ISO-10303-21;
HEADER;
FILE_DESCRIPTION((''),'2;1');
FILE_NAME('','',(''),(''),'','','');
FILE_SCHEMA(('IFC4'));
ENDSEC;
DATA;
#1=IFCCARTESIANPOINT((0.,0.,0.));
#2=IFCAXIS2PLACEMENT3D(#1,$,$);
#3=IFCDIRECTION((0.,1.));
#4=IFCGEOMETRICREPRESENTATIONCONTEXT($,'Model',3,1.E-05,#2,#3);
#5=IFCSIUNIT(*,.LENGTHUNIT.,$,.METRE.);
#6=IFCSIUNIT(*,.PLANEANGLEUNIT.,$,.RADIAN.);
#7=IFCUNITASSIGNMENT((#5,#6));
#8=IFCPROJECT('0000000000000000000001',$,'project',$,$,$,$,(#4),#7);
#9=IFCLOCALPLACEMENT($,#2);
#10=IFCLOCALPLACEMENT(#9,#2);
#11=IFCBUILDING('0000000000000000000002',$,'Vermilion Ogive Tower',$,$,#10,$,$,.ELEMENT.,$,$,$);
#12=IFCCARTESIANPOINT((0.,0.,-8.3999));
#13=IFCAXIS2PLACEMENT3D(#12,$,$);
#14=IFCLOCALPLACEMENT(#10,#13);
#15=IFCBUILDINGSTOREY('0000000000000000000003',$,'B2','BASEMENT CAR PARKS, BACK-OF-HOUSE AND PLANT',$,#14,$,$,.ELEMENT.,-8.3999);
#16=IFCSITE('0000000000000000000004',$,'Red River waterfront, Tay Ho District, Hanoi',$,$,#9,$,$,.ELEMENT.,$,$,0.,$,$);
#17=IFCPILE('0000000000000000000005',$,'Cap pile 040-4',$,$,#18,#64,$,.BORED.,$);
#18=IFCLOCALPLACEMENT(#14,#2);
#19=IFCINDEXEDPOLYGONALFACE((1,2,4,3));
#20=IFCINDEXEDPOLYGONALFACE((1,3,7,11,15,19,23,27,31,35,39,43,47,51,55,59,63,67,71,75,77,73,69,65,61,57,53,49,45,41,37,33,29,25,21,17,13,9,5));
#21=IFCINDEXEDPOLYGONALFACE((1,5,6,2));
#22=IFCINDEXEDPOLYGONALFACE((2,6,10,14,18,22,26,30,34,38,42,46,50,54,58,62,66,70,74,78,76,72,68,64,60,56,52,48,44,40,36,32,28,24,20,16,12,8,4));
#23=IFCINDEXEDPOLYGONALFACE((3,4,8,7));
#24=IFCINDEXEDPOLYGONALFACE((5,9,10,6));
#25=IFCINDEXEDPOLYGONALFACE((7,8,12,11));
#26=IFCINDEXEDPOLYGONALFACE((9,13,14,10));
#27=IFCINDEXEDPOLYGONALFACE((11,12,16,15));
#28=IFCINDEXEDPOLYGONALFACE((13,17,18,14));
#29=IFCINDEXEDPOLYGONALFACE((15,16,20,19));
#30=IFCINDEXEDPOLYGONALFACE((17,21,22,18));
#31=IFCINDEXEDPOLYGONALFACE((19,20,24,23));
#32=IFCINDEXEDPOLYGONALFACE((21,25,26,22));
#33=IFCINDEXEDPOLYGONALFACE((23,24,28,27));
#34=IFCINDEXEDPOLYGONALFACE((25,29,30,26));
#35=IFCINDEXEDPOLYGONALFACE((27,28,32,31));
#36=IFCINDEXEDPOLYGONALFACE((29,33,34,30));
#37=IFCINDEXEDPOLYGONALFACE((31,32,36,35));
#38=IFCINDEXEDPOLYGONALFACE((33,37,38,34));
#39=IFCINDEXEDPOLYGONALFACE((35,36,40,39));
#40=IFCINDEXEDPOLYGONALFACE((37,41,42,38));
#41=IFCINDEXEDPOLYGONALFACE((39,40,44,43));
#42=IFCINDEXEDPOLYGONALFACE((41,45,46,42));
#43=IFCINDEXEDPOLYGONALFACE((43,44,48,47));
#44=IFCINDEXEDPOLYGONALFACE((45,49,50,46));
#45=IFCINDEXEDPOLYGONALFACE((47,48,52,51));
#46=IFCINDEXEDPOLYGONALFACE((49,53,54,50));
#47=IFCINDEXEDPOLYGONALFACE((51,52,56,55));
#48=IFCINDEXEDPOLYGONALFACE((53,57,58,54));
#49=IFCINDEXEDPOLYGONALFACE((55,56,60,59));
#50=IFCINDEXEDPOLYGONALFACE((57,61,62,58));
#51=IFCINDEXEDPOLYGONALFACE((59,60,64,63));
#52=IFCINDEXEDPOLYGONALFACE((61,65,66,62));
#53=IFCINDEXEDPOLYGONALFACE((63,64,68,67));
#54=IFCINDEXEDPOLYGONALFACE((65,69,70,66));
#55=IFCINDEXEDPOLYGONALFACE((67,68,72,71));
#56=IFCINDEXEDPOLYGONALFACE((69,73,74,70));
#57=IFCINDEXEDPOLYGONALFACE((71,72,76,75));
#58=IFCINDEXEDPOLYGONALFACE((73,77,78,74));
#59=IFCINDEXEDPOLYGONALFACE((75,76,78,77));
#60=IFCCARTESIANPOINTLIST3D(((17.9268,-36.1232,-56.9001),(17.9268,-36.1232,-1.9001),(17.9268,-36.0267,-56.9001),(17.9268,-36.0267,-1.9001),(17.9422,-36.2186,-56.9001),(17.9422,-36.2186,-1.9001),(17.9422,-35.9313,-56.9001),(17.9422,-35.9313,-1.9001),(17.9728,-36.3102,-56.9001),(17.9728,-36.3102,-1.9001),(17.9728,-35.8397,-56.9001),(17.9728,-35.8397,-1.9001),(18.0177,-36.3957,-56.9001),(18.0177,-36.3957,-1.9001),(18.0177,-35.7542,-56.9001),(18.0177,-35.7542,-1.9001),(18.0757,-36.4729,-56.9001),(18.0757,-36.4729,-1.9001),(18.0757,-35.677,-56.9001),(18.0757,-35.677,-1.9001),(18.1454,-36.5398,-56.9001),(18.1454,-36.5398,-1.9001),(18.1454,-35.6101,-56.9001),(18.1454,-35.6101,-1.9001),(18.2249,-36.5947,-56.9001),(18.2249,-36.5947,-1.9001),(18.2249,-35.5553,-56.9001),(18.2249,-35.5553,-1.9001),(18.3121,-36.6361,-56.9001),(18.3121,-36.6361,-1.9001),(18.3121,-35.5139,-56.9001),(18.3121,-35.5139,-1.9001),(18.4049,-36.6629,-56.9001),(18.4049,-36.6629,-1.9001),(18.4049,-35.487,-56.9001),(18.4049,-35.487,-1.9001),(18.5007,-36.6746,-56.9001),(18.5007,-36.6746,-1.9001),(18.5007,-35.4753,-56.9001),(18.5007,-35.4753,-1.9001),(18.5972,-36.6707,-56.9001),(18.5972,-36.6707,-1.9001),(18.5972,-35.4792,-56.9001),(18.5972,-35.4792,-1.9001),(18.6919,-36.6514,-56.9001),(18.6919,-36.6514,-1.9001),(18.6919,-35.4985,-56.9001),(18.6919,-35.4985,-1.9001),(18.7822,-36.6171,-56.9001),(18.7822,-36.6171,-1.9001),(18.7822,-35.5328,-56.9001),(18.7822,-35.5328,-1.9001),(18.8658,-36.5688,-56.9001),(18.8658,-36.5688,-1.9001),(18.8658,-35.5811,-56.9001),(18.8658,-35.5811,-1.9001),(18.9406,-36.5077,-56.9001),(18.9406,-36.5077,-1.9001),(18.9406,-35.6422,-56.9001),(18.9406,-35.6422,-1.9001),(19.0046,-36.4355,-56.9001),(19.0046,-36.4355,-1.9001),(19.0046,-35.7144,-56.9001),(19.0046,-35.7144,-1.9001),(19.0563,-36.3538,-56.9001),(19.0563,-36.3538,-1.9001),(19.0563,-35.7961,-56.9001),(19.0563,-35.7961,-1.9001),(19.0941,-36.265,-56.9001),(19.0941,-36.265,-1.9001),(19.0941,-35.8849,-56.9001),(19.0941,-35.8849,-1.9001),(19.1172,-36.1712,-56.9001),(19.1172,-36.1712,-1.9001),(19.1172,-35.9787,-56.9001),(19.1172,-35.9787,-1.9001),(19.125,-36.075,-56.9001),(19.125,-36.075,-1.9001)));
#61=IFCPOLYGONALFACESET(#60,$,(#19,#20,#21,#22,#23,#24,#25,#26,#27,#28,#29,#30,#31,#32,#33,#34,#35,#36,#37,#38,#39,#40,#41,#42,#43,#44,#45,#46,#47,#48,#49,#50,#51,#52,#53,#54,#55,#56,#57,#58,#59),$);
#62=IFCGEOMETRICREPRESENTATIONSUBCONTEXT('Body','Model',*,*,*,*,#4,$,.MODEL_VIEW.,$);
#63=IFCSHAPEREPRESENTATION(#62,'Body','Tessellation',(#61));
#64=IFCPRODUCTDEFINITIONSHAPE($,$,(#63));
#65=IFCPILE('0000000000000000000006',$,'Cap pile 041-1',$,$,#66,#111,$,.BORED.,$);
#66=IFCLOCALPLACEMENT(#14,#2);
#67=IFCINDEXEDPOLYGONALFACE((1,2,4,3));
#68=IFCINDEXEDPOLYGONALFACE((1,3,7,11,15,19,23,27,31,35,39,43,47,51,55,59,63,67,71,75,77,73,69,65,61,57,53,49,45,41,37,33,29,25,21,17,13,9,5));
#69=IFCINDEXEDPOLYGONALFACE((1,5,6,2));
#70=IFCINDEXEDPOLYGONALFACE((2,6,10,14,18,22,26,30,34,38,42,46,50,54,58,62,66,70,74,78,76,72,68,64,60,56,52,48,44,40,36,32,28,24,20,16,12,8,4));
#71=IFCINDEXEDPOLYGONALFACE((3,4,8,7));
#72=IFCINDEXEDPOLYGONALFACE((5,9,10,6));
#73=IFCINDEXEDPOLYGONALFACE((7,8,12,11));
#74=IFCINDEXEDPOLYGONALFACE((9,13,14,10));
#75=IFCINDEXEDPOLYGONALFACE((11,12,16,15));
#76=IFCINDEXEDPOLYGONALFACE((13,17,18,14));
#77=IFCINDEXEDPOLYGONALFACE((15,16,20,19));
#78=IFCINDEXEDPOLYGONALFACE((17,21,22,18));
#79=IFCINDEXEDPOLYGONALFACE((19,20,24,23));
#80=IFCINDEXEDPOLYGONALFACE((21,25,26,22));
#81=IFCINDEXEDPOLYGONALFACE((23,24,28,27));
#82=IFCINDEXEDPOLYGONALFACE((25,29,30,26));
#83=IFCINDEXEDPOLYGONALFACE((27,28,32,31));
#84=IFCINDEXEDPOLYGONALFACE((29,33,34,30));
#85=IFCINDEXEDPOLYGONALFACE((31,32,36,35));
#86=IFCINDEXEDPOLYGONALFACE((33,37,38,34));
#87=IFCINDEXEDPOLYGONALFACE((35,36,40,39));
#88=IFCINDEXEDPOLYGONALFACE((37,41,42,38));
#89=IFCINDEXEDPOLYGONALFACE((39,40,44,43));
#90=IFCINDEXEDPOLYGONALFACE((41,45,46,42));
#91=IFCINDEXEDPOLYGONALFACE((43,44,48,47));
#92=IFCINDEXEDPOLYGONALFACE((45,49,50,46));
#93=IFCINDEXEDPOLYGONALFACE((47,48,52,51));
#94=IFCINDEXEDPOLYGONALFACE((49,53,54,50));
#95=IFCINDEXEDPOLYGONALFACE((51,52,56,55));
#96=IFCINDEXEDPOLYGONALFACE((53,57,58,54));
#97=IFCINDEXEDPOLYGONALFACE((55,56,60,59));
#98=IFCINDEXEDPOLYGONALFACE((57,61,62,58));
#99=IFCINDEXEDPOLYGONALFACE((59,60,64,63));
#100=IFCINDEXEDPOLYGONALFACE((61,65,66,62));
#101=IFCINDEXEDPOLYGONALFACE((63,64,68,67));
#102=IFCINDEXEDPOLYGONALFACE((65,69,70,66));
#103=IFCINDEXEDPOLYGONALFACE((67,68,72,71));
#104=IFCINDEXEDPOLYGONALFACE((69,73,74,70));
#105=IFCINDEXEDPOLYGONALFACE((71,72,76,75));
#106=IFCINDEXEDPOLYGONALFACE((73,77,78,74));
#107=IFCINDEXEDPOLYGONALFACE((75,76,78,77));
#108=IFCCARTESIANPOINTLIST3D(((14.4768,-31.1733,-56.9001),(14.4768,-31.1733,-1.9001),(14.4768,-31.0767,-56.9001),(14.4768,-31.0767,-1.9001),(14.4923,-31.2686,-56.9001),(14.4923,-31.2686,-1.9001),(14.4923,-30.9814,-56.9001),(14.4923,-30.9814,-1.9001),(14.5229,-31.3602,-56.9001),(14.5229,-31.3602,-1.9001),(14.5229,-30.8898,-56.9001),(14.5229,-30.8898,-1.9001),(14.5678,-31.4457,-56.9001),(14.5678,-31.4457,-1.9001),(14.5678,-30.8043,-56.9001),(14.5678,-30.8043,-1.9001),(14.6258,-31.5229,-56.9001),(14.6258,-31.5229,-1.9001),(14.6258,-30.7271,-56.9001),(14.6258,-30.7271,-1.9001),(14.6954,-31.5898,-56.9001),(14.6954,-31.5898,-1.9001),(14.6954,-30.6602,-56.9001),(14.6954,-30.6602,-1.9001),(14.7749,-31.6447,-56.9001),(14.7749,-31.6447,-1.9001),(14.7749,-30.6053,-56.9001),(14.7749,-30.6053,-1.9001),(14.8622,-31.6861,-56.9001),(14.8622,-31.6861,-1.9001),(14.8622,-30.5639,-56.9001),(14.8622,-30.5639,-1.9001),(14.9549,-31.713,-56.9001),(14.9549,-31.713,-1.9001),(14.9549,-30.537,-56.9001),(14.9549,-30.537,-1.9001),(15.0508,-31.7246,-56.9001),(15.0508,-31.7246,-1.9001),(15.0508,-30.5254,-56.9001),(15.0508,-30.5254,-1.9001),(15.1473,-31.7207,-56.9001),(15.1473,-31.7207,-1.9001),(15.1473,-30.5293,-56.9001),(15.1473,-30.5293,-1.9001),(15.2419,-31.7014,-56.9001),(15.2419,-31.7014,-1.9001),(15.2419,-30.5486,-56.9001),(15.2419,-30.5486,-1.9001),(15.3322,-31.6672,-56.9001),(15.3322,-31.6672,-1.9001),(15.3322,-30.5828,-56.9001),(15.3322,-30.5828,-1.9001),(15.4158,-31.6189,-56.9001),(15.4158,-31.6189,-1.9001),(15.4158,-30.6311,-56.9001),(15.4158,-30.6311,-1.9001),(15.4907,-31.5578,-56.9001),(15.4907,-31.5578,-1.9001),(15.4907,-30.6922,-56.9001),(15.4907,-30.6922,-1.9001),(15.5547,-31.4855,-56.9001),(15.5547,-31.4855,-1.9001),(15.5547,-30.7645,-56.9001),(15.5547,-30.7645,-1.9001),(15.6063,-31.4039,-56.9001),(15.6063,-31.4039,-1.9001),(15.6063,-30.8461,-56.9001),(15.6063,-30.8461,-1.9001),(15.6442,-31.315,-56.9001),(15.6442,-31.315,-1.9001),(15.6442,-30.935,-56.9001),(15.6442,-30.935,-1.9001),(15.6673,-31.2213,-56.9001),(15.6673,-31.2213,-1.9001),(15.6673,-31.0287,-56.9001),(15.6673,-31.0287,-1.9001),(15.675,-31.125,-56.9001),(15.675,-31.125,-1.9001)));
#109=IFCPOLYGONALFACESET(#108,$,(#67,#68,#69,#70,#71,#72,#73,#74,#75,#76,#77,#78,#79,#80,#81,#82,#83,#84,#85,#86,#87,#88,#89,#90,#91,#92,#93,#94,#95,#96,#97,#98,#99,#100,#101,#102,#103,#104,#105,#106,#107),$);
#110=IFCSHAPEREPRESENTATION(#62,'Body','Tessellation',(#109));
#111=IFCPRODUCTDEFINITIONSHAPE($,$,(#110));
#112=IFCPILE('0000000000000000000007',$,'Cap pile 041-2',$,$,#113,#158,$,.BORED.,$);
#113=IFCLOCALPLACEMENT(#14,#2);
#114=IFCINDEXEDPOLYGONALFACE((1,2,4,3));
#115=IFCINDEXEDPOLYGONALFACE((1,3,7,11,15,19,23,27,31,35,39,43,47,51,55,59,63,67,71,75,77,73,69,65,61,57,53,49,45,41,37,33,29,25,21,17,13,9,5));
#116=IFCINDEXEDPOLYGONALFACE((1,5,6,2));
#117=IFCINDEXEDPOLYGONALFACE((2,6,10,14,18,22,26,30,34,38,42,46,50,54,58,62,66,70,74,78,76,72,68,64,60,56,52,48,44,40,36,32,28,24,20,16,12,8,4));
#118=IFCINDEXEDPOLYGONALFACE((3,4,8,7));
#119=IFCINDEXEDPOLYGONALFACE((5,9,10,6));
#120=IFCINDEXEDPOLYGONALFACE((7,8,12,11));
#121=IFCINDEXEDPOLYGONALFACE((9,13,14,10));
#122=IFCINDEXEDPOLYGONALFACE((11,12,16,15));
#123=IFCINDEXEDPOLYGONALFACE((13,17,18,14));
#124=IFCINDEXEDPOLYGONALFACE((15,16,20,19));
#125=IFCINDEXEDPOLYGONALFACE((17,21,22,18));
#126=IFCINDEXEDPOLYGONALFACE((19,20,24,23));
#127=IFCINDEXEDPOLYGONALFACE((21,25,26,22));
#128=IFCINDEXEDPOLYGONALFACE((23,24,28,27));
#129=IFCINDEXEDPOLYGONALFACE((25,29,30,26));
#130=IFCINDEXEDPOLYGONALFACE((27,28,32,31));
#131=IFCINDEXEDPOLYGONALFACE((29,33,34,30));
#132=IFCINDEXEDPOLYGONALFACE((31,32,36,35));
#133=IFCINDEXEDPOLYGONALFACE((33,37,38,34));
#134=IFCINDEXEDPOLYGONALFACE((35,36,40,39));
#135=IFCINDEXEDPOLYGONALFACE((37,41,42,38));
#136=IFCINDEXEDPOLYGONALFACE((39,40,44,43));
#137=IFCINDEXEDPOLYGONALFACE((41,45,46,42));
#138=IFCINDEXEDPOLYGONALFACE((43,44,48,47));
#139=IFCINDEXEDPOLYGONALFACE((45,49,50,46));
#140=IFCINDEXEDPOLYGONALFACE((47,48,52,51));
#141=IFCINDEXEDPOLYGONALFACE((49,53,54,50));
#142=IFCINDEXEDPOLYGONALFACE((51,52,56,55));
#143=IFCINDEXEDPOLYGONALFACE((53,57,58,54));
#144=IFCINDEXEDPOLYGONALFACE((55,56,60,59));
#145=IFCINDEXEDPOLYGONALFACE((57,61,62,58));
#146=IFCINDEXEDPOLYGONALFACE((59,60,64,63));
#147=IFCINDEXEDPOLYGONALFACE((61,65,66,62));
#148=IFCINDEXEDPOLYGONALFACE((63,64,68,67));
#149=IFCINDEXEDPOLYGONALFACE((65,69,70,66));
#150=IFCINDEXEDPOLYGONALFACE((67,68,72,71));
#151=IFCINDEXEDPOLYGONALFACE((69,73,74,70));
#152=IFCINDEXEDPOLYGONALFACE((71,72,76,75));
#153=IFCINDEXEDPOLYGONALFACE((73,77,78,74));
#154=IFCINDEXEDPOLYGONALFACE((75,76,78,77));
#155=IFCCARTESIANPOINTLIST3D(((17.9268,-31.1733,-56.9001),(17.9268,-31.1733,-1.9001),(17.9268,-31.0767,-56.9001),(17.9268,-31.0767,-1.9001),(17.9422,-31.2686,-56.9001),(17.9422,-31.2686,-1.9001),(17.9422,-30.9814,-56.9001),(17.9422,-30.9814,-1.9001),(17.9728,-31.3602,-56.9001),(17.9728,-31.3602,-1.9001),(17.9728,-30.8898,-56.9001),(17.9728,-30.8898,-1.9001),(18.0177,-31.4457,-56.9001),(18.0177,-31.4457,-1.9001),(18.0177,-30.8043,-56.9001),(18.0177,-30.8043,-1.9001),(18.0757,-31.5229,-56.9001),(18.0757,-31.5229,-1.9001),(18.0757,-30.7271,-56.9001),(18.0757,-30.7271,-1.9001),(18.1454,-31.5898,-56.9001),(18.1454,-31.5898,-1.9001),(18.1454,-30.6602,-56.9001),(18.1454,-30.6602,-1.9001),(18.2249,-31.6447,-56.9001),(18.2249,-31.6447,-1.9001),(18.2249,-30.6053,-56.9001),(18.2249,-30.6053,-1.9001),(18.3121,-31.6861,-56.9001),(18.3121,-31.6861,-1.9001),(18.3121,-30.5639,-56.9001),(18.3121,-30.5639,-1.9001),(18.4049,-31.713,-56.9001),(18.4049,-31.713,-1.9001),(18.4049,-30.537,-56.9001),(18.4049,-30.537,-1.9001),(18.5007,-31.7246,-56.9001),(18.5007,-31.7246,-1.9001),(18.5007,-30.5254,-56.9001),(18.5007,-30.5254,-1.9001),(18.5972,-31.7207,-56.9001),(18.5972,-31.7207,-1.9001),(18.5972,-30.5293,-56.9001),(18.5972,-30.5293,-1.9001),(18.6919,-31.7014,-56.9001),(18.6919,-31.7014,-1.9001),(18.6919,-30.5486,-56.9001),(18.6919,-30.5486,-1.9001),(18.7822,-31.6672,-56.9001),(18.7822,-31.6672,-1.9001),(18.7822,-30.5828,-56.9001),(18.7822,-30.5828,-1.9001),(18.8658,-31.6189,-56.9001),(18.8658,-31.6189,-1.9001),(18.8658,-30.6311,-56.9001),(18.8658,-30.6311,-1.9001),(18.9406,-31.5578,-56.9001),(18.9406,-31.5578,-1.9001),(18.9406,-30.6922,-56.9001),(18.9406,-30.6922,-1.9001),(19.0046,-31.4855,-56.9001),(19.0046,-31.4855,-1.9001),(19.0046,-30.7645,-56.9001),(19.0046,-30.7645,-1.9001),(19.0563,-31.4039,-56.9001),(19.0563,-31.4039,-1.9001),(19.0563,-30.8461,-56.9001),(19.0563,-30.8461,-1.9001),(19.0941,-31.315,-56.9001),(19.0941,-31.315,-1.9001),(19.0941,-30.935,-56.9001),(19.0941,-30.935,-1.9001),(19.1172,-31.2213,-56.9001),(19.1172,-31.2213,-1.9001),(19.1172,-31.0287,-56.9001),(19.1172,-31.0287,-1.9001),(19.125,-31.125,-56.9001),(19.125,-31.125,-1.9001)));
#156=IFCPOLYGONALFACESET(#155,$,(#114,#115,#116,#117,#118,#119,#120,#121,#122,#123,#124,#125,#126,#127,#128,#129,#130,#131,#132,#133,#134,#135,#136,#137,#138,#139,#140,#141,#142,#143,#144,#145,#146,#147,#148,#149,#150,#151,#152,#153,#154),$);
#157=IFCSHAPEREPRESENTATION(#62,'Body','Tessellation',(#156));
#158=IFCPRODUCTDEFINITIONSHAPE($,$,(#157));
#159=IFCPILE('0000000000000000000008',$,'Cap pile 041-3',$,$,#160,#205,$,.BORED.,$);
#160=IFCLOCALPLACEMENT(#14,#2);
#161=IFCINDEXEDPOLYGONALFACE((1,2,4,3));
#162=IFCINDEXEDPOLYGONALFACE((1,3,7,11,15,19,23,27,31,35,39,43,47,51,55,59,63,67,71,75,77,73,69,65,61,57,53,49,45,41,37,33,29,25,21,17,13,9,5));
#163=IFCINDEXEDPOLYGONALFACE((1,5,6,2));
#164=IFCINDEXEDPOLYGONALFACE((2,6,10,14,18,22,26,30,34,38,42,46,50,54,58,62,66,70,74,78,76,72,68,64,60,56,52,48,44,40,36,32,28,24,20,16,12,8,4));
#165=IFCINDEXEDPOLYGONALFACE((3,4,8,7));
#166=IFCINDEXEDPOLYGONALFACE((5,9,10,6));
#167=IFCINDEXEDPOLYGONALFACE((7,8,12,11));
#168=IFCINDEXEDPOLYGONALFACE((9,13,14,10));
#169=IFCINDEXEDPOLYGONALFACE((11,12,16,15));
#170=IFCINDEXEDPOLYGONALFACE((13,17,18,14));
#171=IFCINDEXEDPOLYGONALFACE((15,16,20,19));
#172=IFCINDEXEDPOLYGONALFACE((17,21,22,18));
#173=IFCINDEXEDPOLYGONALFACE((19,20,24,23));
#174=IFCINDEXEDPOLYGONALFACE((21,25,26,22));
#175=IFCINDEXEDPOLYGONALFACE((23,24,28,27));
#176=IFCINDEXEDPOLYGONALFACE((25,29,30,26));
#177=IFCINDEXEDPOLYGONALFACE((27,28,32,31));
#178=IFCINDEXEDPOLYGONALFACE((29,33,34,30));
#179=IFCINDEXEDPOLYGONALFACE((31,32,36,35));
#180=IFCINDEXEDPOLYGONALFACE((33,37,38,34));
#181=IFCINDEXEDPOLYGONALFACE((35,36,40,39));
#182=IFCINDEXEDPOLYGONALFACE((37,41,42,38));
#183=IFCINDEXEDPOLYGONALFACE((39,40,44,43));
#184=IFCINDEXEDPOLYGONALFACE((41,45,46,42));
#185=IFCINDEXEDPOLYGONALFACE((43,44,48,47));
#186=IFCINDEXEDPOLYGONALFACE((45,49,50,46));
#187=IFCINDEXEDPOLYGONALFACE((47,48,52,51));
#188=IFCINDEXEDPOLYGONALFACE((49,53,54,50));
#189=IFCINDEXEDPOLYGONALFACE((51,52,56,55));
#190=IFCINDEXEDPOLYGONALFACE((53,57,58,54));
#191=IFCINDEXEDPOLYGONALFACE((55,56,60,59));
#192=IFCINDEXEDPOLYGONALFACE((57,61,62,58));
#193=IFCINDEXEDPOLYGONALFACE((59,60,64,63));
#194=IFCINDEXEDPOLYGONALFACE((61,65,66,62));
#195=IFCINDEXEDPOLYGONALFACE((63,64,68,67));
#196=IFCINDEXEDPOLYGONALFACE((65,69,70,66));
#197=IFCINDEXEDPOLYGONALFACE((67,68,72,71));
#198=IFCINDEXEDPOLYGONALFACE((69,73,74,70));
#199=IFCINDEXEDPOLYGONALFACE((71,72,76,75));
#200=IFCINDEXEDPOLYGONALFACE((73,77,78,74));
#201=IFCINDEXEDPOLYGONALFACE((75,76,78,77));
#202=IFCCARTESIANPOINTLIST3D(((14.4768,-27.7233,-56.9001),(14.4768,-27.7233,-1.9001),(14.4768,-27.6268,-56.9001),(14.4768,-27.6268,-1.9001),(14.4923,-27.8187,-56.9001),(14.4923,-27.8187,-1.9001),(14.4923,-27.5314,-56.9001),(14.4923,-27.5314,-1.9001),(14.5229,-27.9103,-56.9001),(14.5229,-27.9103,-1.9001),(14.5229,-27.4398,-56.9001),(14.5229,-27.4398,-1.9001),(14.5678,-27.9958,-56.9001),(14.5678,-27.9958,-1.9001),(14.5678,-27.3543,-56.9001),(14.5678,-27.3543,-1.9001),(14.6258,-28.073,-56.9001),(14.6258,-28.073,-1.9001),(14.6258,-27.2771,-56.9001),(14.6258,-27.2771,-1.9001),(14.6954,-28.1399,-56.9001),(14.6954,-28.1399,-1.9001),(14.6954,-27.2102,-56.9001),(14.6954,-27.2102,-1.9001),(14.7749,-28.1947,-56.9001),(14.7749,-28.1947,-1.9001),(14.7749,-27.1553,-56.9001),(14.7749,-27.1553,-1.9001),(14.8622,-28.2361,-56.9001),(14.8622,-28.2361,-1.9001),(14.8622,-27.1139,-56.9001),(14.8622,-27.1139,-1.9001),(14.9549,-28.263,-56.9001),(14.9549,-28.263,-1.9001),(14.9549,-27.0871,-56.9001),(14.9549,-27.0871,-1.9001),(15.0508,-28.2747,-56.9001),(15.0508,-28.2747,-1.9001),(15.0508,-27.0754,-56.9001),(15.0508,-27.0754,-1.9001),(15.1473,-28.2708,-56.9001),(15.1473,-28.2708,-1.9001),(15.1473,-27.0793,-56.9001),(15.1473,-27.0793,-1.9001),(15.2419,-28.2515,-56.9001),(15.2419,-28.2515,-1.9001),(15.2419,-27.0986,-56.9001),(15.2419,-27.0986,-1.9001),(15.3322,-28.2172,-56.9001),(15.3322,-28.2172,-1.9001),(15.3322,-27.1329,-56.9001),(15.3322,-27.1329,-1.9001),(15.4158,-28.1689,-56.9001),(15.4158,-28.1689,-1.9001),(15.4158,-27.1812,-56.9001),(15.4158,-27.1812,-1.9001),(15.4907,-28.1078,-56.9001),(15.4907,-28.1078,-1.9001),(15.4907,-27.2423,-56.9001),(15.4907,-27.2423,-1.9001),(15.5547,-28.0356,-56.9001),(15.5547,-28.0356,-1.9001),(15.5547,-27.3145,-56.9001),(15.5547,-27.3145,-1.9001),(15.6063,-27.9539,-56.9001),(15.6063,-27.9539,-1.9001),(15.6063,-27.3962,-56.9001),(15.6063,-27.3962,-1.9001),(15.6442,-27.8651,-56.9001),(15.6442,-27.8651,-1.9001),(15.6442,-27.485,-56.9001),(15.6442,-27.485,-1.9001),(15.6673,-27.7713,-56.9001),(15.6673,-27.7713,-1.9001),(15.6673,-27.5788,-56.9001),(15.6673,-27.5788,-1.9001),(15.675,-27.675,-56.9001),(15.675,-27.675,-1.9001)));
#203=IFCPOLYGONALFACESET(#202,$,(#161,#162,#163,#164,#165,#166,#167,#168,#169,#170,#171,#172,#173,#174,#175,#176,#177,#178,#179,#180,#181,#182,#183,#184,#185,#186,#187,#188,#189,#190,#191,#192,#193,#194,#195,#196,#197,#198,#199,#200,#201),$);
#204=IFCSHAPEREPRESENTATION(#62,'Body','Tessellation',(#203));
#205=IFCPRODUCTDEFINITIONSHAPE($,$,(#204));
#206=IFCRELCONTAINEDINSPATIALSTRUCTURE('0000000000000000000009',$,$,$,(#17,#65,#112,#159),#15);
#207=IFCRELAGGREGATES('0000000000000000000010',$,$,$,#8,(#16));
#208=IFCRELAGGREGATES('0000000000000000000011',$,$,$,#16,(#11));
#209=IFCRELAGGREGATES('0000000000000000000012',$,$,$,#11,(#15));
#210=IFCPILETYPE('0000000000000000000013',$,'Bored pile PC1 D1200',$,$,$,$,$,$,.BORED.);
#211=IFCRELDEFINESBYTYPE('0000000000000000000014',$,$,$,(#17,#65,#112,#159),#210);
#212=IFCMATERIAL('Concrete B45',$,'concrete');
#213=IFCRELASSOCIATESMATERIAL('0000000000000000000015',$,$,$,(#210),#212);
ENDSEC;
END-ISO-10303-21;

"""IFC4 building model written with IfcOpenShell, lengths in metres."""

from ifc_helpers import new_model, si_unit, direction, frame, origin, origin_2d, place, context, subcontext, project, spatial, circle, extrude, material, type_object, element, save


model = new_model("IFC4")

# Units and contexts
model_context = context("Model", 3, precision=1e-05, world=origin(), true_north=direction((0.0, 1.0)))
body_context = subcontext(model_context, "Body", "Model", "MODEL_VIEW")
ifc_project = project(units=[si_unit("LENGTHUNIT", "METRE"), si_unit("PLANEANGLEUNIT", "RADIAN")], contexts=[model_context])

# Site, building, storey
site_placement = place(None, origin())
site = spatial("IfcSite", under=ifc_project, at=site_placement, Name="Red River waterfront, Tay Ho District, Hanoi", CompositionType="ELEMENT", RefElevation=0.0)
building_placement = place(site_placement, origin())
building = spatial("IfcBuilding", under=site, at=building_placement, Name="Vermilion Ogive Tower", CompositionType="ELEMENT")
storey_placement = place(building_placement, frame((0.0, 0.0, -8.3999)))
storey = spatial("IfcBuildingStorey", under=building, at=storey_placement, Name="B2", Description="BASEMENT CAR PARKS, BACK-OF-HOUSE AND PLANT", CompositionType="ELEMENT", Elevation=-8.3999)

# Piles
ifc_material_1 = material(Name="Concrete B45", Category="concrete")
pile_type_1 = type_object("IfcPileType", Name="Bored pile PC1 D1200", PredefinedType="BORED", material=ifc_material_1)
for number, where, z_axis, x_axis, name in (
    (1, (18.5249, -36.075, -1.9001), (0.0, 0.0, -1.0), (1.0, 0.0, 0.0), "Cap pile 040-4"),
    (2, (15.075, -31.125, -1.9001), (0.0, 0.0, -1.0), (1.0, 0.0, 0.0), "Cap pile 041-1"),
    (3, (18.5249, -31.125, -1.9001), (0.0, 0.0, -1.0), (1.0, 0.0, 0.0), "Cap pile 041-2"),
    (4, (15.075, -27.675, -1.9001), (0.0, 0.0, -1.0), (1.0, 0.0, 0.0), "Cap pile 041-3"),
):
    element("IfcPile", number, at=place(storey_placement, frame(where, z_axis=z_axis, x_axis=x_axis)), inside=storey, type_object=pile_type_1, Name=name, PredefinedType="BORED", context=body_context, shape_type="SweptSolid", body=[
        extrude(circle(Radius=0.6001, at=origin_2d()), origin(), (0.0, 0.0, 1.0), 55.0),
    ])

save(model, "model.ifc")
